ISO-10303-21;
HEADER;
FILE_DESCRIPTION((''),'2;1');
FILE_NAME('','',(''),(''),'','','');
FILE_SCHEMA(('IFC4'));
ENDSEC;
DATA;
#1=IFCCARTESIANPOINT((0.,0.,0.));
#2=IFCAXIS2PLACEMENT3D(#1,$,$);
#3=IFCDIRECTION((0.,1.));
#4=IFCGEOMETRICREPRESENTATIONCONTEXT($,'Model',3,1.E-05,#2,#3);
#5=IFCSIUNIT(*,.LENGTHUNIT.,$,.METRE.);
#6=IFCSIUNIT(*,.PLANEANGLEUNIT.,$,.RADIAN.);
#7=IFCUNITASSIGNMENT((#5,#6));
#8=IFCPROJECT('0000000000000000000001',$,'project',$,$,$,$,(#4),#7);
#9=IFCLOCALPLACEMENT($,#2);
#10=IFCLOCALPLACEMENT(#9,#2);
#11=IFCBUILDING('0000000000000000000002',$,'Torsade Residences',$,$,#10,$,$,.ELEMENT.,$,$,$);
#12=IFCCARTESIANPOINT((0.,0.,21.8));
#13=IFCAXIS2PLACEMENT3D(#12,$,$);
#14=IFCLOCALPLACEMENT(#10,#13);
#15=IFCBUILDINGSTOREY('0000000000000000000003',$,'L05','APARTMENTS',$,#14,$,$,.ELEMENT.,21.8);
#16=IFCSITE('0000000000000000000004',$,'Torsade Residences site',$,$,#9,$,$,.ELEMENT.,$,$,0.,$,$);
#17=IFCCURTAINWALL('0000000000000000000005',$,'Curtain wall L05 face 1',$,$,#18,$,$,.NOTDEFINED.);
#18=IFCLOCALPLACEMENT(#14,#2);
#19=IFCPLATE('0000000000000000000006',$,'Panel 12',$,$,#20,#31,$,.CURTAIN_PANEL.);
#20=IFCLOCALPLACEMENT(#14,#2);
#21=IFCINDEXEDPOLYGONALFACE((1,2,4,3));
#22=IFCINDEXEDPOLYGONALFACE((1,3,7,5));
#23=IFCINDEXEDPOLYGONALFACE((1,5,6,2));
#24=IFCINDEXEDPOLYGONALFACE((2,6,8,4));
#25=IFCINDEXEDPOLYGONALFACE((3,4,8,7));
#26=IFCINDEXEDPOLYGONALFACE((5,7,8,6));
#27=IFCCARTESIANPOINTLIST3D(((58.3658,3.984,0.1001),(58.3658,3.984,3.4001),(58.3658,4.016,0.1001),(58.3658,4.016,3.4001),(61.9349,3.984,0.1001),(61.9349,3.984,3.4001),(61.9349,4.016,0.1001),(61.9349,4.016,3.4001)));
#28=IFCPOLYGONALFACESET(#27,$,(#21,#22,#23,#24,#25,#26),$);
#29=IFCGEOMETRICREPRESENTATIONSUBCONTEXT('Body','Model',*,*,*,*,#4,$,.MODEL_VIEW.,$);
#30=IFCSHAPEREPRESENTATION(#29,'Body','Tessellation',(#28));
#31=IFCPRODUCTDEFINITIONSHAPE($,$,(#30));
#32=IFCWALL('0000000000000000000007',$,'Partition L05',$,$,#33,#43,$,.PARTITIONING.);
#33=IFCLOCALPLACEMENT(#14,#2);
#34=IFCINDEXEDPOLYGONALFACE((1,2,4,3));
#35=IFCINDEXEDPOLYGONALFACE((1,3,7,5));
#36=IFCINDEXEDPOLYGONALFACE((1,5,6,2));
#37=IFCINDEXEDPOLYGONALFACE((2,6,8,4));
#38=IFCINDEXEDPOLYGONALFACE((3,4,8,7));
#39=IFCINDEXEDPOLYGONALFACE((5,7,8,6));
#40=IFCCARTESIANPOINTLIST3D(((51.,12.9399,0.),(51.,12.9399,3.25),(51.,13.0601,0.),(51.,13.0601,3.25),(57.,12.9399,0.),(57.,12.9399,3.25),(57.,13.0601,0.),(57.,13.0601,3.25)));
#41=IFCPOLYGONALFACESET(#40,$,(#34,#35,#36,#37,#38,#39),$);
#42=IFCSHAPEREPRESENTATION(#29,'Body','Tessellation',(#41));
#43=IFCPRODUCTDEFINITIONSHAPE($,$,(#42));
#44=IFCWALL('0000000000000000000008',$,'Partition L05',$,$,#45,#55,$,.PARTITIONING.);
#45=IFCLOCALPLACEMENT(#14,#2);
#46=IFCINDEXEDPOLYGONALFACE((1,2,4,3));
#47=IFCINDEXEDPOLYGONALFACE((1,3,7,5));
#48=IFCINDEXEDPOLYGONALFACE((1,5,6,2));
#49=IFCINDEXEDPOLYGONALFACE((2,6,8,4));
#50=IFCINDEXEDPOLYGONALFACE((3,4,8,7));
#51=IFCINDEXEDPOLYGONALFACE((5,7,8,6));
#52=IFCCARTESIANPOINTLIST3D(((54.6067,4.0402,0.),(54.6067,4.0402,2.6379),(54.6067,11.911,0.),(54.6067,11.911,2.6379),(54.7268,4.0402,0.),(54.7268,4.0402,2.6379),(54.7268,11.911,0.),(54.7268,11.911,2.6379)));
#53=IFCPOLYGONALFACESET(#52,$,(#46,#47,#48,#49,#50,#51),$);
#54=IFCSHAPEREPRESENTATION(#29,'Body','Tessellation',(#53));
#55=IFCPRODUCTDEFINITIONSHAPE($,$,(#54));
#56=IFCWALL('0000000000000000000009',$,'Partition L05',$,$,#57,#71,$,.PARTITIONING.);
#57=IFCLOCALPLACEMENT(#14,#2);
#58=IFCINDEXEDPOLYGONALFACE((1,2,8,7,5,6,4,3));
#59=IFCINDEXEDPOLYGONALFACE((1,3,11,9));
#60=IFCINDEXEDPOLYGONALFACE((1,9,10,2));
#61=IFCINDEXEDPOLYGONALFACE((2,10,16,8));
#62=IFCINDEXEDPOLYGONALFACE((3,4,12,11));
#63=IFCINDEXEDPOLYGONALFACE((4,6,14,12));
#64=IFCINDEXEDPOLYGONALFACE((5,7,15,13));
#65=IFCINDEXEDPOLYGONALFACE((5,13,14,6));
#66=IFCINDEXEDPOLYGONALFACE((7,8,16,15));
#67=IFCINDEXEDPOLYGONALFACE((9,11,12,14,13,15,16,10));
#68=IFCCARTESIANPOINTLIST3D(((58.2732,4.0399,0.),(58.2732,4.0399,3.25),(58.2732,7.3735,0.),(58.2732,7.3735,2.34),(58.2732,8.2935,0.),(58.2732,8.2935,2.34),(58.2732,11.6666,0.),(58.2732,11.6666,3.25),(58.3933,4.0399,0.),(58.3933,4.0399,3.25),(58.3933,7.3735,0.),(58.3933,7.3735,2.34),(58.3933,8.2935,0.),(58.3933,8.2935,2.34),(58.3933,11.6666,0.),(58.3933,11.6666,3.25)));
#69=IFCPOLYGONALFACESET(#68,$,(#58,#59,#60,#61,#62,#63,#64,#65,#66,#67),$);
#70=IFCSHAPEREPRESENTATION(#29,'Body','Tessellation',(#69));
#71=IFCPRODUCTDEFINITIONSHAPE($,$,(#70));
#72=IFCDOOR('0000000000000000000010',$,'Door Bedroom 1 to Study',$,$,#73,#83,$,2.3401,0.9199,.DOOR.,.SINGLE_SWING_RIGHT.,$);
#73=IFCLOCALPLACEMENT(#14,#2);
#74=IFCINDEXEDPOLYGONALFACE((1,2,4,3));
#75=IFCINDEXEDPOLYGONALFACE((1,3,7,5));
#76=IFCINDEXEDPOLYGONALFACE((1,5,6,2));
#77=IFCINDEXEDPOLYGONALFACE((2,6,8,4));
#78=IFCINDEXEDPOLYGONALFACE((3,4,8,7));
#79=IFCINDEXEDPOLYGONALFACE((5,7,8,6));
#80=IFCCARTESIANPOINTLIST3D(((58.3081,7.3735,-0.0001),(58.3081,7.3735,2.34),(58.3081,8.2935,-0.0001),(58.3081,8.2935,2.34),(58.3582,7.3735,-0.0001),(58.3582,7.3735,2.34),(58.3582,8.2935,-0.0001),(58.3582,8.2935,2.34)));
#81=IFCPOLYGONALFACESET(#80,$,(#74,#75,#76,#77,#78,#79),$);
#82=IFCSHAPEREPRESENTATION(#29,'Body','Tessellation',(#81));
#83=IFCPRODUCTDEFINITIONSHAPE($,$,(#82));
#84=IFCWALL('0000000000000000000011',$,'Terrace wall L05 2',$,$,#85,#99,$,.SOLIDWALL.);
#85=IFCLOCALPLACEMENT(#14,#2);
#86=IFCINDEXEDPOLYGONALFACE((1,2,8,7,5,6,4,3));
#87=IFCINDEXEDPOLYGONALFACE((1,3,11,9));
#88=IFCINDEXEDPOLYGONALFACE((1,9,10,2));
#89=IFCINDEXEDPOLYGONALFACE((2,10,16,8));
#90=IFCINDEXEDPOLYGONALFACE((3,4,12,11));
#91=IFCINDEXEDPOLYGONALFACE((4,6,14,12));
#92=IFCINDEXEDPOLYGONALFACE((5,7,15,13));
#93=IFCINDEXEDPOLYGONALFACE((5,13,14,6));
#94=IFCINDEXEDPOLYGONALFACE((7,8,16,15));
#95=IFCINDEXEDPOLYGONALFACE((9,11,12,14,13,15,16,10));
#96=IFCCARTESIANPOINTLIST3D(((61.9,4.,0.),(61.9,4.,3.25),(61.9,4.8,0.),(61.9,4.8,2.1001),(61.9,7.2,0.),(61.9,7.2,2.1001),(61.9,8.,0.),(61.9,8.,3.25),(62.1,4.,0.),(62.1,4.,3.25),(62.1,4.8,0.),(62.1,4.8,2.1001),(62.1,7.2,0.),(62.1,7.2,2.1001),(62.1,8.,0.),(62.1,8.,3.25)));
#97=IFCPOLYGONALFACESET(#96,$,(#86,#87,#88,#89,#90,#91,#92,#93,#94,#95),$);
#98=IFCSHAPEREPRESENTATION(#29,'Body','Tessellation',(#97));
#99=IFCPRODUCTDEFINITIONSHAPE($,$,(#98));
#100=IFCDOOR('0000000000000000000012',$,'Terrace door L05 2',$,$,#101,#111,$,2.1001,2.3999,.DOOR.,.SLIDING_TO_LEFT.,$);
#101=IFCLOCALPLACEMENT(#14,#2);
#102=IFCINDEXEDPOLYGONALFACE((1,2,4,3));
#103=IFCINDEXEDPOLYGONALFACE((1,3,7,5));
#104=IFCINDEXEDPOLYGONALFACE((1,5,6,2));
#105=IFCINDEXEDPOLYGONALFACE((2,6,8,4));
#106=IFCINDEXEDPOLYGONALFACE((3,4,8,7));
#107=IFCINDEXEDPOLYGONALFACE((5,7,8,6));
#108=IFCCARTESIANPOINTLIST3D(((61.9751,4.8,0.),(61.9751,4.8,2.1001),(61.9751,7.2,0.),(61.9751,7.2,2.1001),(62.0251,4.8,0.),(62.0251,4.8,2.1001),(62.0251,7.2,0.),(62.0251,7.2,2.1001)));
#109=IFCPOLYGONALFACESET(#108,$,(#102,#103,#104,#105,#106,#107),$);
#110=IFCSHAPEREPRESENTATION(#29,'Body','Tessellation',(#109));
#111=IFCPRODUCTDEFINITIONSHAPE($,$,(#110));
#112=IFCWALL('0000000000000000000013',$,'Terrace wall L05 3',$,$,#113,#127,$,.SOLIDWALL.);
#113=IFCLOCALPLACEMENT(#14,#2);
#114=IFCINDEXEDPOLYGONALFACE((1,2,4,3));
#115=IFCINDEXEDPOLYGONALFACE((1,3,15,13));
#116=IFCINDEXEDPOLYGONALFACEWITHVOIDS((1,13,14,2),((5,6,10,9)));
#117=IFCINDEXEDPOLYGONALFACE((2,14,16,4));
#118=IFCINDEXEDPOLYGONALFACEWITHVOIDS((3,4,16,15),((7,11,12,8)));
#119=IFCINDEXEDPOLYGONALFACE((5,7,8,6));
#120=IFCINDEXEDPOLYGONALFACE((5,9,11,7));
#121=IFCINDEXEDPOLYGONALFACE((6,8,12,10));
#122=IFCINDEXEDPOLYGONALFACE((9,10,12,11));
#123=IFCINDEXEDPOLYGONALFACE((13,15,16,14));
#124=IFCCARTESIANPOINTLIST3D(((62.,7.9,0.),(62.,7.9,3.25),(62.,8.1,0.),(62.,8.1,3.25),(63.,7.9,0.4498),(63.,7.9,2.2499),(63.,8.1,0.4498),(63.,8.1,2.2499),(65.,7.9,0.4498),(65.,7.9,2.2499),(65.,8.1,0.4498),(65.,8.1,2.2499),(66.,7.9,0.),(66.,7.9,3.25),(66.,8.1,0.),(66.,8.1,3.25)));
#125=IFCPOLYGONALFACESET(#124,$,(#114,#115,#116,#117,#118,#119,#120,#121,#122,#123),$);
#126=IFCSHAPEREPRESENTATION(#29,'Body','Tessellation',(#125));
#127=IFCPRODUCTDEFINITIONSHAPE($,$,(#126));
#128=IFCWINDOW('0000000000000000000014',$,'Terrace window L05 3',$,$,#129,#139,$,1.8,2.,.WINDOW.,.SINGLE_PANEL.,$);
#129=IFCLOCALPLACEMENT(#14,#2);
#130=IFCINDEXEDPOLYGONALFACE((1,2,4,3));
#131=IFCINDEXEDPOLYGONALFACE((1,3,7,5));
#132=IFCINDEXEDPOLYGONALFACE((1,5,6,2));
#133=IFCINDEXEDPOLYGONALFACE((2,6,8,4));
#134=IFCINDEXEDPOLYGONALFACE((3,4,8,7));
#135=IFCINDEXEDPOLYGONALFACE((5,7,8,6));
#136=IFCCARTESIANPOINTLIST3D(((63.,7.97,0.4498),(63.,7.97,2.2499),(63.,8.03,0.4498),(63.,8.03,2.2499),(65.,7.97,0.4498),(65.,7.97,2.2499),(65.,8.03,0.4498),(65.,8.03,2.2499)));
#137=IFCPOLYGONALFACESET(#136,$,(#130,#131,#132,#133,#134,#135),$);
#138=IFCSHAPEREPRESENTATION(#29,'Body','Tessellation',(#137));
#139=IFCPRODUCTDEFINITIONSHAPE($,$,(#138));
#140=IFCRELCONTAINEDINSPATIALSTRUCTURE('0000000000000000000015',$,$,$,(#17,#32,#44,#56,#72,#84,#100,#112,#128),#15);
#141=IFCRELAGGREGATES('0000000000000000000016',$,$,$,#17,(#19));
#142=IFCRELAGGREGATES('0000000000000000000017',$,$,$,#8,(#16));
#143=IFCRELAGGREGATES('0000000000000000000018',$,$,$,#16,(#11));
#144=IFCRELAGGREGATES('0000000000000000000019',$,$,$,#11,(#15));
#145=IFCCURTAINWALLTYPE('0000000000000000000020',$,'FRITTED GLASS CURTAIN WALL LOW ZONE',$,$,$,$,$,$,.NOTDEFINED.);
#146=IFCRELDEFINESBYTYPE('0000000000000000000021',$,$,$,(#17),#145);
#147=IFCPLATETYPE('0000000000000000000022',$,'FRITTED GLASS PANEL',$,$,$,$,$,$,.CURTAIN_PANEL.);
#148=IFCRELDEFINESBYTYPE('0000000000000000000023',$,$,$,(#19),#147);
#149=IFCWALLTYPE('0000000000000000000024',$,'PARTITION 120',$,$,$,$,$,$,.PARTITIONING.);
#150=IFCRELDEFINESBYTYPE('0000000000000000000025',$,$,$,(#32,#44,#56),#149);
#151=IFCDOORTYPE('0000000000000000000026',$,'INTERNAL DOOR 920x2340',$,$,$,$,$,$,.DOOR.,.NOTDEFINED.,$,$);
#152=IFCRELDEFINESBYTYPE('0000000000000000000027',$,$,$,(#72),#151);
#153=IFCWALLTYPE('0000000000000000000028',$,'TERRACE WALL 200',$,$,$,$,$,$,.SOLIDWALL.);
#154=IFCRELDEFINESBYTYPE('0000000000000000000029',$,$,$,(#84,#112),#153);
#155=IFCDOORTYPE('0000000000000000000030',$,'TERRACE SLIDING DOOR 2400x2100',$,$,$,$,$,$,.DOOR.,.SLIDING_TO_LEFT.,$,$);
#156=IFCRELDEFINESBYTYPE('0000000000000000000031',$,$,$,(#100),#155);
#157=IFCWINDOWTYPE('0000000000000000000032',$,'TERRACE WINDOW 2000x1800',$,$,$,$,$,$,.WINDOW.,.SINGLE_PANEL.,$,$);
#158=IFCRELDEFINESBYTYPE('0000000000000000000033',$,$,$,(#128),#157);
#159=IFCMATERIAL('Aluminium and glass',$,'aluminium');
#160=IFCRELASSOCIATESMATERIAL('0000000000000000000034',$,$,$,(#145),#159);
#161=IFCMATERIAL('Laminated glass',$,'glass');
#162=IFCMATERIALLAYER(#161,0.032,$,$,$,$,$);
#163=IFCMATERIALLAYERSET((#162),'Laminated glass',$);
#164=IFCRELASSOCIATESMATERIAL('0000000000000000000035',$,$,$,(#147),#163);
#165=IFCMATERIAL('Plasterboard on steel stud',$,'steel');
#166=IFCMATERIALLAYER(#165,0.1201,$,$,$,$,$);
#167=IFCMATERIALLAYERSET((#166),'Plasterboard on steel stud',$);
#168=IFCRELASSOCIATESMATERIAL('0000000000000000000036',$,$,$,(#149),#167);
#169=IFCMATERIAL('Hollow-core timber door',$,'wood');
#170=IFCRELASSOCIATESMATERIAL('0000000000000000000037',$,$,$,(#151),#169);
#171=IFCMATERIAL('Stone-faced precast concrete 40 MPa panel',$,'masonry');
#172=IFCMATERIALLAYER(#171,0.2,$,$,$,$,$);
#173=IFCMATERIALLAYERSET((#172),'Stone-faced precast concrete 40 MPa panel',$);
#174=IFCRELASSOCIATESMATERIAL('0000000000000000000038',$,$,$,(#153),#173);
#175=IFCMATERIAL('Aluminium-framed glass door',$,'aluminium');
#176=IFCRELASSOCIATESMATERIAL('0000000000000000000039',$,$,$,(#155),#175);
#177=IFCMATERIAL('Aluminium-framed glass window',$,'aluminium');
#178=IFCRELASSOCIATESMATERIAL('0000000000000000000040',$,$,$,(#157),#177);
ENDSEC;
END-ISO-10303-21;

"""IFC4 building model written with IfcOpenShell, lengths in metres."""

from ifc_helpers import new_model, si_unit, direction, frame, frame_2d, origin, origin_2d, place, context, subcontext, project, spatial, rectangle, extrude, material, layer, layer_set, type_object, element, fill, aggregate, save


model = new_model("IFC4")

# Units and contexts
model_context = context("Model", 3, precision=1e-05, world=origin(), true_north=direction((0.0, 1.0)))
body_context = subcontext(model_context, "Body", "Model", "MODEL_VIEW")
ifc_project = project(units=[si_unit("LENGTHUNIT", "METRE"), si_unit("PLANEANGLEUNIT", "RADIAN")], contexts=[model_context])

# Site, building, storey
site_placement = place(None, origin())
site = spatial("IfcSite", under=ifc_project, at=site_placement, Name="Torsade Residences site", CompositionType="ELEMENT", RefElevation=0.0)
building_placement = place(site_placement, origin())
building = spatial("IfcBuilding", under=site, at=building_placement, Name="Torsade Residences", CompositionType="ELEMENT")
storey_placement = place(building_placement, frame((0.0, 0.0, 21.8)))
storey = spatial("IfcBuildingStorey", under=building, at=storey_placement, Name="L05", Description="APARTMENTS", CompositionType="ELEMENT", Elevation=21.8)

# Curtain wall
ifc_material_1 = material(Name="Aluminium and glass", Category="aluminium")
curtain_wall_type = type_object("IfcCurtainWallType", Name="FRITTED GLASS CURTAIN WALL LOW ZONE", PredefinedType="NOTDEFINED", material=ifc_material_1)
curtain_wall_placement = place(storey_placement, origin())
curtain_wall = element("IfcCurtainWall", 1, at=curtain_wall_placement, inside=storey, type_object=curtain_wall_type, Name="Curtain wall L05 face 1", PredefinedType="NOTDEFINED")

# Plate
ifc_material_2 = material(Name="Laminated glass", Category="glass")
ifc_layer_1 = layer(ifc_material_2, 0.032)
ifc_layer_set_1 = layer_set([ifc_layer_1], Name="Laminated glass")
plate_type = type_object("IfcPlateType", Name="FRITTED GLASS PANEL", PredefinedType="CURTAIN_PANEL", material=ifc_layer_set_1)
plate_1_placement = place(storey_placement, frame((60.1504, 4.0, 0.1001), z_axis=(0.0, 0.0, 1.0), x_axis=(1.0, 0.0, 0.0)))
plate_1 = element("IfcPlate", 2, at=plate_1_placement, type_object=plate_type, Name="Panel 12", PredefinedType="CURTAIN_PANEL", context=body_context, shape_type="SweptSolid", body=[
    extrude(rectangle(XDim=3.5691, YDim=0.032, at=origin_2d()), origin(), (0.0, 0.0, 1.0), 3.3),
])
aggregate(curtain_wall, [plate_1])

# Walls
ifc_material_3 = material(Name="Plasterboard on steel stud", Category="steel")
ifc_layer_2 = layer(ifc_material_3, 0.1201)
ifc_layer_set_2 = layer_set([ifc_layer_2], Name="Plasterboard on steel stud")
wall_type_1 = type_object("IfcWallType", Name="PARTITION 120", PredefinedType="PARTITIONING", material=ifc_layer_set_2)
wall_1_placement = place(storey_placement, frame((57.0, 13.0, 0.0), z_axis=(0.0, 0.0, 1.0), x_axis=(-1.0, 0.0, 0.0)))
element("IfcWall", 3, at=wall_1_placement, inside=storey, type_object=wall_type_1, Name="Partition L05", PredefinedType="PARTITIONING", context=body_context, shape_type="SweptSolid", body=[
    extrude(rectangle(XDim=6.0, YDim=0.1201, at=frame_2d((3.0, 0.0))), origin(), (0.0, 0.0, 1.0), 3.25),
])
wall_2_placement = place(storey_placement, frame((54.6667, 4.04, 0.0), z_axis=(0.0, 0.0, 1.0), x_axis=(0.0, 1.0, 0.0)))
element("IfcWall", 4, at=wall_2_placement, inside=storey, type_object=wall_type_1, Name="Partition L05", PredefinedType="PARTITIONING", context=body_context, shape_type="SweptSolid", body=[
    extrude(rectangle(XDim=7.8708, YDim=0.1201, at=frame_2d((3.9355, 0.0))), origin(), (0.0, 0.0, 1.0), 2.6379),
])

# Walls, openings, doors
wall_3_placement = place(storey_placement, frame((58.3333, 11.6667, 0.0), z_axis=(0.0, 0.0, 1.0), x_axis=(0.0, -1.0, 0.0)))
wall_3 = element("IfcWall", 5, at=wall_3_placement, inside=storey, type_object=wall_type_1, Name="Partition L05", PredefinedType="PARTITIONING", context=body_context, shape_type="SweptSolid", body=[
    extrude(rectangle(XDim=7.6267, YDim=0.1201, at=frame_2d((3.8135, 0.0))), origin(), (0.0, 0.0, 1.0), 3.25),
])
opening_1_placement = place(wall_3_placement, frame((3.3733, 0.0, 0.0)))
opening_1 = element("IfcOpeningElement", 6, at=opening_1_placement, cuts=wall_3, PredefinedType="OPENING", context=body_context, shape_type="SweptSolid", body=[
    extrude(rectangle(XDim=0.9199, YDim=2.3401, at=frame_2d((0.46, 1.1699))), frame((0.0, 0.0701, 0.0), z_axis=(0.0, -1.0, 0.0), x_axis=(1.0, 0.0, 0.0)), (0.0, 0.0, 1.0), 0.1401),
])
ifc_material_4 = material(Name="Hollow-core timber door", Category="wood")
door_type_1 = type_object("IfcDoorType", Name="INTERNAL DOOR 920x2340", OperationType="NOTDEFINED", PredefinedType="DOOR", material=ifc_material_4)
door_1_placement = place(opening_1_placement, origin())
door_1 = element("IfcDoor", 7, at=door_1_placement, inside=storey, type_object=door_type_1, Name="Door Bedroom 1 to Study", OperationType="SINGLE_SWING_RIGHT", OverallHeight=2.3401, OverallWidth=0.9199, PredefinedType="DOOR", context=body_context, shape_type="SweptSolid", body=[
    extrude(rectangle(XDim=0.9199, YDim=2.3401, at=frame_2d((0.46, 1.1699))), frame((0.0, 0.0249, 0.0), z_axis=(0.0, -1.0, 0.0), x_axis=(1.0, 0.0, 0.0)), (0.0, 0.0, 1.0), 0.05),
])
fill(opening_1, door_1)
ifc_material_5 = material(Name="Stone-faced precast concrete 40 MPa panel", Category="masonry")
ifc_layer_3 = layer(ifc_material_5, 0.2)
ifc_layer_set_3 = layer_set([ifc_layer_3], Name="Stone-faced precast concrete 40 MPa panel")
wall_type_2 = type_object("IfcWallType", Name="TERRACE WALL 200", PredefinedType="SOLIDWALL", material=ifc_layer_set_3)
wall_4_placement = place(storey_placement, frame((62.0, 4.0, 0.0), z_axis=(0.0, 0.0, 1.0), x_axis=(0.0, 1.0, 0.0)))
wall_4 = element("IfcWall", 8, at=wall_4_placement, inside=storey, type_object=wall_type_2, Name="Terrace wall L05 2", PredefinedType="SOLIDWALL", context=body_context, shape_type="SweptSolid", body=[
    extrude(rectangle(XDim=4.0, YDim=0.2, at=frame_2d((2.0, 0.0))), origin(), (0.0, 0.0, 1.0), 3.25),
])
opening_2_placement = place(wall_4_placement, frame((0.8, 0.0, 0.0)))
opening_2 = element("IfcOpeningElement", 9, at=opening_2_placement, cuts=wall_4, PredefinedType="OPENING", context=body_context, shape_type="SweptSolid", body=[
    extrude(rectangle(XDim=2.3999, YDim=2.1001, at=frame_2d((1.2, 1.05))), frame((0.0, 0.1099, 0.0), z_axis=(0.0, -1.0, 0.0), x_axis=(1.0, 0.0, 0.0)), (0.0, 0.0, 1.0), 0.22),
])
ifc_material_6 = material(Name="Aluminium-framed glass door", Category="aluminium")
door_type_2 = type_object("IfcDoorType", Name="TERRACE SLIDING DOOR 2400x2100", OperationType="SLIDING_TO_LEFT", PredefinedType="DOOR", material=ifc_material_6)
door_2_placement = place(opening_2_placement, origin())
door_2 = element("IfcDoor", 10, at=door_2_placement, inside=storey, type_object=door_type_2, Name="Terrace door L05 2", OperationType="SLIDING_TO_LEFT", OverallHeight=2.1001, OverallWidth=2.3999, PredefinedType="DOOR", context=body_context, shape_type="SweptSolid", body=[
    extrude(rectangle(XDim=2.3999, YDim=2.1001, at=frame_2d((1.2, 1.05))), frame((0.0, 0.0249, 0.0), z_axis=(0.0, -1.0, 0.0), x_axis=(1.0, 0.0, 0.0)), (0.0, 0.0, 1.0), 0.05),
])
fill(opening_2, door_2)

# Wall, opening, window
wall_5_placement = place(storey_placement, frame((62.0, 8.0, 0.0), z_axis=(0.0, 0.0, 1.0), x_axis=(1.0, 0.0, 0.0)))
wall_5 = element("IfcWall", 11, at=wall_5_placement, inside=storey, type_object=wall_type_2, Name="Terrace wall L05 3", PredefinedType="SOLIDWALL", context=body_context, shape_type="SweptSolid", body=[
    extrude(rectangle(XDim=4.0, YDim=0.2, at=frame_2d((2.0, 0.0))), origin(), (0.0, 0.0, 1.0), 3.25),
])
opening_3_placement = place(wall_5_placement, frame((1.0, 0.0, 0.45)))
opening_3 = element("IfcOpeningElement", 12, at=opening_3_placement, cuts=wall_5, PredefinedType="OPENING", context=body_context, shape_type="SweptSolid", body=[
    extrude(rectangle(XDim=2.0, YDim=1.8, at=frame_2d((1.0, 0.8999))), frame((0.0, 0.1099, 0.0), z_axis=(0.0, -1.0, 0.0), x_axis=(1.0, 0.0, 0.0)), (0.0, 0.0, 1.0), 0.22),
])
ifc_material_7 = material(Name="Aluminium-framed glass window", Category="aluminium")
window_type = type_object("IfcWindowType", Name="TERRACE WINDOW 2000x1800", PartitioningType="SINGLE_PANEL", PredefinedType="WINDOW", material=ifc_material_7)
window_placement = place(opening_3_placement, origin())
window = element("IfcWindow", 13, at=window_placement, inside=storey, type_object=window_type, Name="Terrace window L05 3", OverallHeight=1.8, OverallWidth=2.0, PartitioningType="SINGLE_PANEL", PredefinedType="WINDOW", context=body_context, shape_type="SweptSolid", body=[
    extrude(rectangle(XDim=2.0, YDim=1.8, at=frame_2d((1.0, 0.8999))), frame((0.0, 0.03, 0.0), z_axis=(0.0, -1.0, 0.0), x_axis=(1.0, 0.0, 0.0)), (0.0, 0.0, 1.0), 0.0601),
])
fill(opening_3, window)

save(model, "model.ifc")
